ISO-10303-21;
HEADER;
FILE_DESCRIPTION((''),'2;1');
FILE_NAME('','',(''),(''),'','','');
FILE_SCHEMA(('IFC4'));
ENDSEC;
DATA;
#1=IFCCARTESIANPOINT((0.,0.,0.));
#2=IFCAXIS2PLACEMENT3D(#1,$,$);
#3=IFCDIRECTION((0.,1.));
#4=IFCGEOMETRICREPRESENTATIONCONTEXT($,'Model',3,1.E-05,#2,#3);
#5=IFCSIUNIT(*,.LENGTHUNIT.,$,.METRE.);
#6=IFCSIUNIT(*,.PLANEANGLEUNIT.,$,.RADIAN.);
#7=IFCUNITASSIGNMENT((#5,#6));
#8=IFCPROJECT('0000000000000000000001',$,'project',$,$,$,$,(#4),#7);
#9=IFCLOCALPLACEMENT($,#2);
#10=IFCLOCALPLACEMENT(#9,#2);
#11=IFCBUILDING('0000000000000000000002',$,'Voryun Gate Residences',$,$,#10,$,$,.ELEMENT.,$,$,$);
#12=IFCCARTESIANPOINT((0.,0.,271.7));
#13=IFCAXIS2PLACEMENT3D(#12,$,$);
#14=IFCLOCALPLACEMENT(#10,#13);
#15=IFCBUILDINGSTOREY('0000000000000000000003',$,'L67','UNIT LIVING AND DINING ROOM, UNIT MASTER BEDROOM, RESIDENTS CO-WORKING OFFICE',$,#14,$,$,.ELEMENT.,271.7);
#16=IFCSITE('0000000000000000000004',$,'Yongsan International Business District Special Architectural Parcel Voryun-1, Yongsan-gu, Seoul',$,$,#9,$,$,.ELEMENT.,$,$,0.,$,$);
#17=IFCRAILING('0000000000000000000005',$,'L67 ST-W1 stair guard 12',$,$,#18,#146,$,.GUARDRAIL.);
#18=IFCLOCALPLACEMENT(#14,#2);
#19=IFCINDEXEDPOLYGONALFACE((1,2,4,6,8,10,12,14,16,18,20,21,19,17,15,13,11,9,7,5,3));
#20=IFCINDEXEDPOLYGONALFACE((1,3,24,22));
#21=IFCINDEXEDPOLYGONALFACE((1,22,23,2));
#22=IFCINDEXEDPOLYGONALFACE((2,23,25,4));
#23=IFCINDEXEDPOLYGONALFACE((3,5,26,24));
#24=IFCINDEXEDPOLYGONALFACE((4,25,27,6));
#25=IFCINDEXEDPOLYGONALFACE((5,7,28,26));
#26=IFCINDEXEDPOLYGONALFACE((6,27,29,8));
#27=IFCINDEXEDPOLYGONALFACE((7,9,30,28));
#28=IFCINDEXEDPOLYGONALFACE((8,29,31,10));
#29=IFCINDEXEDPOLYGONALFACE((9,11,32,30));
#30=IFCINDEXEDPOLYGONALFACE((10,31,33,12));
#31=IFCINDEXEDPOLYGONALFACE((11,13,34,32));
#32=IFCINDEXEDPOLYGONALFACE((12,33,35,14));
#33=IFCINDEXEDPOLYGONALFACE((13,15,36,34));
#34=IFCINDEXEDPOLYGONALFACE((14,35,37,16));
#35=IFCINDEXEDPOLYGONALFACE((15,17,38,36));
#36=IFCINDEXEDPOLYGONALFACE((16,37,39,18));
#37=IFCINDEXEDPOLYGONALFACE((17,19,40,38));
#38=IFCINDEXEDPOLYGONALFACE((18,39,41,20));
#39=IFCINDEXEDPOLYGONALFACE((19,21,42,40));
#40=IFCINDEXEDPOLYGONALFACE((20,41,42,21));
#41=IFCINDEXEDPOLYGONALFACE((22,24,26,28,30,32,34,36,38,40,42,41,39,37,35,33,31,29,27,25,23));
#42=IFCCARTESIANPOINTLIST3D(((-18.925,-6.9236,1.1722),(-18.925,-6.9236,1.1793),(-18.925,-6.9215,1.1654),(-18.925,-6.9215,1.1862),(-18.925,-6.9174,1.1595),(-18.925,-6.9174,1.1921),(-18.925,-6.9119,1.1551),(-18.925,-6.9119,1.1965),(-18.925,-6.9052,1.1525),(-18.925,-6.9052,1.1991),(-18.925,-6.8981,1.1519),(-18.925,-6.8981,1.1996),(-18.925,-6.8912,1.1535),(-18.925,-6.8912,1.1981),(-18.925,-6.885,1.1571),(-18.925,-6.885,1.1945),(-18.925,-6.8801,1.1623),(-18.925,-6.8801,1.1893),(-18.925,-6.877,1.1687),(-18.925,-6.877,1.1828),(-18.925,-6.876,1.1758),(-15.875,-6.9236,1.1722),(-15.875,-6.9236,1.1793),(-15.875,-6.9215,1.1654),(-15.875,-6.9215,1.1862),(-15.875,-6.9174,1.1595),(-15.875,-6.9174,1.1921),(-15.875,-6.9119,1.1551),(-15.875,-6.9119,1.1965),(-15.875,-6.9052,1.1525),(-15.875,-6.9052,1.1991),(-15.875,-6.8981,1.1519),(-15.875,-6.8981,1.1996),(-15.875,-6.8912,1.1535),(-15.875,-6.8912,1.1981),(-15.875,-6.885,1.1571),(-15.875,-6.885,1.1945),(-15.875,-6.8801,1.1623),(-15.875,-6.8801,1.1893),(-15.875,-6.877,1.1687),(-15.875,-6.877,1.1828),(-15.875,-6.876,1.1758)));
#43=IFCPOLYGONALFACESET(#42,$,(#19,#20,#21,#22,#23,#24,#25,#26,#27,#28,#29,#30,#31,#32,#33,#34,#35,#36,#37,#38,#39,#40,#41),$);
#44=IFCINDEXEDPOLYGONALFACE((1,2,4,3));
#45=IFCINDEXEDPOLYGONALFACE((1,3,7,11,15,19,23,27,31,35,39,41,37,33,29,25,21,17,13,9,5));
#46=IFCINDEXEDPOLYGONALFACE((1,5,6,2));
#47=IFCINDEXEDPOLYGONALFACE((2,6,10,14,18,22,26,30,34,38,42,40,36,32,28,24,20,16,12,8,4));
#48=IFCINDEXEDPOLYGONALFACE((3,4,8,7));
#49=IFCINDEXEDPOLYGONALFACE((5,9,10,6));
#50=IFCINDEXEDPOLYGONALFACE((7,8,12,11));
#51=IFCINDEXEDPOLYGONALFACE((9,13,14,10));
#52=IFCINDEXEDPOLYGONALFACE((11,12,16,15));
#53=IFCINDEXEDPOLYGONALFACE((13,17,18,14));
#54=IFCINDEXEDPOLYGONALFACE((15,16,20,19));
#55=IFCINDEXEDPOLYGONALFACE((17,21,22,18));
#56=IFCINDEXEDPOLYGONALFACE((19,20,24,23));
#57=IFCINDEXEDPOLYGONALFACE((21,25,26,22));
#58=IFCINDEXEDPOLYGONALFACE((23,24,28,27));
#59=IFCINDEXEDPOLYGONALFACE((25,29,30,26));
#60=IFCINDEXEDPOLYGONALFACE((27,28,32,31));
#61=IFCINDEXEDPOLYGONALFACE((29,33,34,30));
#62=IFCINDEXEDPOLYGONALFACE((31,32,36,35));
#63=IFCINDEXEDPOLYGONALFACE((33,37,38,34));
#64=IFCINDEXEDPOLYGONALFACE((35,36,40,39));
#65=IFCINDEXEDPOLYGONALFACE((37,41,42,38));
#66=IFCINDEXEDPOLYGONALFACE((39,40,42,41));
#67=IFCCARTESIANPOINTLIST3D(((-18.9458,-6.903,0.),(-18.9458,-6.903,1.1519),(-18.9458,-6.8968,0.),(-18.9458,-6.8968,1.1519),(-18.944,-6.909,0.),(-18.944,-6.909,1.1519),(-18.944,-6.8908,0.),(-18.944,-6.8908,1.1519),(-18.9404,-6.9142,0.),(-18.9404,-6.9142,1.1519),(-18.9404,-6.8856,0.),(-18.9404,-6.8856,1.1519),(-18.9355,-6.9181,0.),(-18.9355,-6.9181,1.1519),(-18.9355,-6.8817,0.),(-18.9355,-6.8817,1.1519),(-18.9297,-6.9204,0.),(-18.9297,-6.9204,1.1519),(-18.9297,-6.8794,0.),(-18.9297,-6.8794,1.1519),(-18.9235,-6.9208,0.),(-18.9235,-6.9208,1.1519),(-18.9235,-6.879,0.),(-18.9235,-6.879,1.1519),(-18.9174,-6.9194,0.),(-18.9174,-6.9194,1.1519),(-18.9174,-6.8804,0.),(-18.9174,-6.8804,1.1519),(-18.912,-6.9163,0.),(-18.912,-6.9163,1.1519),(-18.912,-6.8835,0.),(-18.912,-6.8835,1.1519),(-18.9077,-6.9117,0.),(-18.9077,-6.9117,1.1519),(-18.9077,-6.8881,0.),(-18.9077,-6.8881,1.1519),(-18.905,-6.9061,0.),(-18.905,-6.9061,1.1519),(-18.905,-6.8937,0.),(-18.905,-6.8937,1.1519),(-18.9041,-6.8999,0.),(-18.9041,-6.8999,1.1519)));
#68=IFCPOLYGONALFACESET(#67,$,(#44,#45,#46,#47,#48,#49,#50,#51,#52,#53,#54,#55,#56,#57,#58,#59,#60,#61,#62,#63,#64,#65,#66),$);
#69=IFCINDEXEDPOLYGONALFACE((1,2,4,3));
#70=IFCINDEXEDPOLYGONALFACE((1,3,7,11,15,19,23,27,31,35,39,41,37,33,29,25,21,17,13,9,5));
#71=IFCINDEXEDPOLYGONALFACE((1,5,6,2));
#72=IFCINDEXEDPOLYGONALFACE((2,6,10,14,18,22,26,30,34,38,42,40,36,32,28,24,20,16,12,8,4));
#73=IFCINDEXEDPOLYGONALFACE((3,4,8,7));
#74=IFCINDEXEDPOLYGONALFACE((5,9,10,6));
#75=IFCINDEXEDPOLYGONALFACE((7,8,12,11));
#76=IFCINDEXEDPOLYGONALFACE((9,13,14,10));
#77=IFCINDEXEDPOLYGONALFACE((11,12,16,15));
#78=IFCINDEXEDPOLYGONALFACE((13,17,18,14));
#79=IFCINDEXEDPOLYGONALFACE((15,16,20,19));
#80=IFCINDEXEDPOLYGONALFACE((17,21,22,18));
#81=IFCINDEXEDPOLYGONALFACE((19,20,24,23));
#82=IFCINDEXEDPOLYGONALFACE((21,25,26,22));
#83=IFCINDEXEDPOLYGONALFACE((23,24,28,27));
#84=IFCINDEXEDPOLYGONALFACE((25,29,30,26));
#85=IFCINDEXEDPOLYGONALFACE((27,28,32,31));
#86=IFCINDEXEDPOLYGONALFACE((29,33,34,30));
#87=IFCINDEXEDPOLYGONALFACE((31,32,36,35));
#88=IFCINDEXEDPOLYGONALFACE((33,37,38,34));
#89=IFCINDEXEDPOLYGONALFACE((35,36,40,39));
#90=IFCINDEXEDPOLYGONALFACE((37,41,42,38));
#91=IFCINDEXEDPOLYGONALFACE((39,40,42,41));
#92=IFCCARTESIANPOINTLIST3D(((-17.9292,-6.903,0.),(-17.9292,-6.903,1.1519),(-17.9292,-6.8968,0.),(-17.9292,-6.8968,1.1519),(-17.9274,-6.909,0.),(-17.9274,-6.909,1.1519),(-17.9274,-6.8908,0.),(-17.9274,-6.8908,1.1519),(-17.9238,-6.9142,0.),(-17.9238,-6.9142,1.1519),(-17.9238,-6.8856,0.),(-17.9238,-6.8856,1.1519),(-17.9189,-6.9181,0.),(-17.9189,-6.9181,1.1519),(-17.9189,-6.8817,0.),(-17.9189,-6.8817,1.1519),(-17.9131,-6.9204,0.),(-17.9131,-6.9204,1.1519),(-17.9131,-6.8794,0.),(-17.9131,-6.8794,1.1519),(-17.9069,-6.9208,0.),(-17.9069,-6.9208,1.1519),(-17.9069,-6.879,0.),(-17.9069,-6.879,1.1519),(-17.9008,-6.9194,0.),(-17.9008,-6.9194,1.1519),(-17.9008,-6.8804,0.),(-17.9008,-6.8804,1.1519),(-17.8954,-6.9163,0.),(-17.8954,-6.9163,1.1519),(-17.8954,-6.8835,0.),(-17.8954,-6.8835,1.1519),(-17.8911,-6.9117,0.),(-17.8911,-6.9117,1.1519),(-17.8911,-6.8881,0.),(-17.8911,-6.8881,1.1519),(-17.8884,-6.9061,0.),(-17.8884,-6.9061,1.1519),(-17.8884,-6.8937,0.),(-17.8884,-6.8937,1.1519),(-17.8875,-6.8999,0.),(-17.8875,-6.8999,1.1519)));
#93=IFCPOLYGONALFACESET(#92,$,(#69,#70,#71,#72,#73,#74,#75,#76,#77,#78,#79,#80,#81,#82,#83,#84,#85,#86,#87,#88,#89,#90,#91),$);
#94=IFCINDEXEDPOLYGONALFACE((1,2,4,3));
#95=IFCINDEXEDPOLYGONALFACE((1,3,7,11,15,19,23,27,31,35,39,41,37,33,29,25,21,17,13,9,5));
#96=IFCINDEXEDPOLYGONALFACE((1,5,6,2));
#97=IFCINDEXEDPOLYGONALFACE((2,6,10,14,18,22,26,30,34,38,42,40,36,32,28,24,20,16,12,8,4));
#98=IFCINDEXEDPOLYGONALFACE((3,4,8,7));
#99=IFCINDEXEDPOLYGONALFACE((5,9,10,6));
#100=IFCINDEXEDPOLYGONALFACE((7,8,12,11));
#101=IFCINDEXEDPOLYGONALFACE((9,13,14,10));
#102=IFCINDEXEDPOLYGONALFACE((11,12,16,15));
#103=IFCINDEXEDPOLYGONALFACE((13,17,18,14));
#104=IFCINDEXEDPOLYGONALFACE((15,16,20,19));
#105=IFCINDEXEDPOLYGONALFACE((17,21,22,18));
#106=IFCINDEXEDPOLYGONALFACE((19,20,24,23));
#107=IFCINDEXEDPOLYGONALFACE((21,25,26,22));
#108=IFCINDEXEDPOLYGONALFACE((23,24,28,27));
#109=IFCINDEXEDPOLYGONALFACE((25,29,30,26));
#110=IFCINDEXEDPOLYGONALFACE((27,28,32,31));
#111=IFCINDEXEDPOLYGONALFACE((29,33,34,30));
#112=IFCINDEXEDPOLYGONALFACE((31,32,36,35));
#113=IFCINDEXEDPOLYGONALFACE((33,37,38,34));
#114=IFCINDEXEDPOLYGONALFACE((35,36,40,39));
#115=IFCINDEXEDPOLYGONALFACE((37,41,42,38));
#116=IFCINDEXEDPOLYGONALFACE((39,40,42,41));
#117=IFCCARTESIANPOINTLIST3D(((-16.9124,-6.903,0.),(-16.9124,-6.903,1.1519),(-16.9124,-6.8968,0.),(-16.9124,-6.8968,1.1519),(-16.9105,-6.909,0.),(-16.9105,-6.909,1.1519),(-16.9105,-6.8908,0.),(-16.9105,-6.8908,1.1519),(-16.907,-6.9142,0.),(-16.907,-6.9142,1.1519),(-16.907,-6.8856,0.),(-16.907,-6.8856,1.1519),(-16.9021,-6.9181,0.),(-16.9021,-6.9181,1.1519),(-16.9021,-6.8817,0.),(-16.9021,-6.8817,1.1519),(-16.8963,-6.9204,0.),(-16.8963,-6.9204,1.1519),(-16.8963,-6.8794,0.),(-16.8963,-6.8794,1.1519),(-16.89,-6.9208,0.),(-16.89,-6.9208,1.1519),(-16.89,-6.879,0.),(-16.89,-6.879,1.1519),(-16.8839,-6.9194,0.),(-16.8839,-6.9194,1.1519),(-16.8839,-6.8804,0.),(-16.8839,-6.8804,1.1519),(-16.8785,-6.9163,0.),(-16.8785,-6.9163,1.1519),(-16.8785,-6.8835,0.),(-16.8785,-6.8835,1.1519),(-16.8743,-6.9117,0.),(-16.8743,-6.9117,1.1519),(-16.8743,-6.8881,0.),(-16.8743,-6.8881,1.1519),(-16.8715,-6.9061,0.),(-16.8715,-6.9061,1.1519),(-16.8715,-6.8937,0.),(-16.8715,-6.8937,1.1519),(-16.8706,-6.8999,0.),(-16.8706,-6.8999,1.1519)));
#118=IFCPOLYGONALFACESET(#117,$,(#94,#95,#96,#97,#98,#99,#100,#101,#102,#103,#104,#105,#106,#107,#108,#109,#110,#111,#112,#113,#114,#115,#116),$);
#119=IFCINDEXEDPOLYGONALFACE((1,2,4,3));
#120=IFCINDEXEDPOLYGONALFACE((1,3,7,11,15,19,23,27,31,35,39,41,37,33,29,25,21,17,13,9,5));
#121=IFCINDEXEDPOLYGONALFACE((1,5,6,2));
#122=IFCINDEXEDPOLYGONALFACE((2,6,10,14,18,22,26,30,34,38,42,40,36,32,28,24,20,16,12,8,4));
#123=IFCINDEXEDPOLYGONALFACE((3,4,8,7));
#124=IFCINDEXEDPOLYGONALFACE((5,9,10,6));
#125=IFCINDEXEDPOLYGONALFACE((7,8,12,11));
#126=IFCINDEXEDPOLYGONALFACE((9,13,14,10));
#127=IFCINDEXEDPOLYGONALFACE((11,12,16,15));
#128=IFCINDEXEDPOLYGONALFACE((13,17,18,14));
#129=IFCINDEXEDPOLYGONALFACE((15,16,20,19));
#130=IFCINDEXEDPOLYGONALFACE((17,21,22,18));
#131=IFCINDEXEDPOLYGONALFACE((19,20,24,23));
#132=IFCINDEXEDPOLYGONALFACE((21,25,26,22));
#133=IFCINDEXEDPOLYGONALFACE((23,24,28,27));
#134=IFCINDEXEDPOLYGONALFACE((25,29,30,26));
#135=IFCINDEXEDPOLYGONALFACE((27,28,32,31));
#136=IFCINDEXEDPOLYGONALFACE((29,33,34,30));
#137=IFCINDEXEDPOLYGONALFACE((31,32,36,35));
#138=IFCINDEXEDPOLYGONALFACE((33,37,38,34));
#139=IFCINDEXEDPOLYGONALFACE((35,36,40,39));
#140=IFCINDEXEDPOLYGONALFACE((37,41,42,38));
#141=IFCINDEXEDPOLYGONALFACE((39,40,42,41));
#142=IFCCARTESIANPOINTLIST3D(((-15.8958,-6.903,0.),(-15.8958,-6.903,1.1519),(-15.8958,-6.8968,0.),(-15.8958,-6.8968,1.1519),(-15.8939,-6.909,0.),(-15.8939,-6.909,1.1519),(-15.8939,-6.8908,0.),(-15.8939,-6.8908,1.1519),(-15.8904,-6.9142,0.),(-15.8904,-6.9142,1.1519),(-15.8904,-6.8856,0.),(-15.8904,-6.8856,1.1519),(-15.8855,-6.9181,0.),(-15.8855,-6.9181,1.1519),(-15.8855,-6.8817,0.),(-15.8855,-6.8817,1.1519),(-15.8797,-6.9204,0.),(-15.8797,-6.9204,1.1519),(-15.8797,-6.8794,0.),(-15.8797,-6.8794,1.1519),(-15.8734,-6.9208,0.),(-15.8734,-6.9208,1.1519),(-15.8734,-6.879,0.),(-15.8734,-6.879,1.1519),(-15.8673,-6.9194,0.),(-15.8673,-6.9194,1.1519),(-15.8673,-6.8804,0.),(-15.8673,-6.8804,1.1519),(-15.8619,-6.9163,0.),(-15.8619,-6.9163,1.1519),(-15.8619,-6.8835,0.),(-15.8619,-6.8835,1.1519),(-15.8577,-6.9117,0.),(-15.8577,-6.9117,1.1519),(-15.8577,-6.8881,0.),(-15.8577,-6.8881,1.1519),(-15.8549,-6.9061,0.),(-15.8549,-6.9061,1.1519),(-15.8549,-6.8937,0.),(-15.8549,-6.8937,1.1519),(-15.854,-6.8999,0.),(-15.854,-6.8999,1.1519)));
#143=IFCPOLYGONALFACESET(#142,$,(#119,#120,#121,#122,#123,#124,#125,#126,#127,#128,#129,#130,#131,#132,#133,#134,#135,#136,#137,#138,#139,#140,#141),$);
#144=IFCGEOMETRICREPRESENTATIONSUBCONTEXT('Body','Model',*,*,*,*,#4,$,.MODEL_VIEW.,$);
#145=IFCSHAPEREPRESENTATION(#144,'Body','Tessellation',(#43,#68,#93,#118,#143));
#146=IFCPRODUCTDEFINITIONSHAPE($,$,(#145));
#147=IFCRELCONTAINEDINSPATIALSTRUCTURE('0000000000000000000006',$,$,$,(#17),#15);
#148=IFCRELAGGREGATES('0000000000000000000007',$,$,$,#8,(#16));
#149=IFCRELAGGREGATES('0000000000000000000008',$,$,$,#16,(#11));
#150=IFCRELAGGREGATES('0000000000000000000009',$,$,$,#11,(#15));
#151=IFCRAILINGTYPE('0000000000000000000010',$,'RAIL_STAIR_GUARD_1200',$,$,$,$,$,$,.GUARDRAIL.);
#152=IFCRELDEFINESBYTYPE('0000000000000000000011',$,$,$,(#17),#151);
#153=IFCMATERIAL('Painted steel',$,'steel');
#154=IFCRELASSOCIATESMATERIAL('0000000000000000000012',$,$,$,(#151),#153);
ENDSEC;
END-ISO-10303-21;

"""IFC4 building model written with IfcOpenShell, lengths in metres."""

from ifc_helpers import new_model, si_unit, direction, frame, origin, origin_2d, place, context, subcontext, project, spatial, circle, extrude, material, type_object, element, save


model = new_model("IFC4")

# Units and contexts
model_context = context("Model", 3, precision=1e-05, world=origin(), true_north=direction((0.0, 1.0)))
body_context = subcontext(model_context, "Body", "Model", "MODEL_VIEW")
ifc_project = project(units=[si_unit("LENGTHUNIT", "METRE"), si_unit("PLANEANGLEUNIT", "RADIAN")], contexts=[model_context])

# Site, building, storey
site_placement = place(None, origin())
site = spatial("IfcSite", under=ifc_project, at=site_placement, Name="Yongsan International Business District Special Architectural Parcel Voryun-1, Yongsan-gu, Seoul", CompositionType="ELEMENT", RefElevation=0.0)
building_placement = place(site_placement, origin())
building = spatial("IfcBuilding", under=site, at=building_placement, Name="Voryun Gate Residences", CompositionType="ELEMENT")
storey_placement = place(building_placement, frame((0.0, 0.0, 271.7)))
storey = spatial("IfcBuildingStorey", under=building, at=storey_placement, Name="L67", Description="UNIT LIVING AND DINING ROOM, UNIT MASTER BEDROOM, RESIDENTS CO-WORKING OFFICE", CompositionType="ELEMENT", Elevation=271.7)

# Railing
ifc_material_1 = material(Name="Painted steel", Category="steel")
railing_type_1 = type_object("IfcRailingType", Name="RAIL_STAIR_GUARD_1200", PredefinedType="GUARDRAIL", material=ifc_material_1)
railing_1_placement = place(storey_placement, frame((-18.925, -6.8999, 0.0)))
element("IfcRailing", 1, at=railing_1_placement, inside=storey, type_object=railing_type_1, Name="L67 ST-W1 stair guard 12", PredefinedType="GUARDRAIL", context=body_context, shape_type="SweptSolid", body=[
    extrude(circle(Radius=0.0239, at=origin_2d()), frame((0.0, 0.0, 1.1758), z_axis=(1.0, 0.0, 0.0), x_axis=(0.0, 1.0, 0.0)), (0.0, 0.0, 1.0), 3.05),
    extrude(circle(Radius=0.021, at=origin_2d()), origin(), (0.0, 0.0, 1.0), 1.1519),
    extrude(circle(Radius=0.021, at=origin_2d()), frame((1.0166, 0.0, 0.0)), (0.0, 0.0, 1.0), 1.1519),
    extrude(circle(Radius=0.021, at=origin_2d()), frame((2.0334, 0.0, 0.0)), (0.0, 0.0, 1.0), 1.1519),
    extrude(circle(Radius=0.021, at=origin_2d()), frame((3.05, 0.0, 0.0)), (0.0, 0.0, 1.0), 1.1519),
])

save(model, "model.ifc")
